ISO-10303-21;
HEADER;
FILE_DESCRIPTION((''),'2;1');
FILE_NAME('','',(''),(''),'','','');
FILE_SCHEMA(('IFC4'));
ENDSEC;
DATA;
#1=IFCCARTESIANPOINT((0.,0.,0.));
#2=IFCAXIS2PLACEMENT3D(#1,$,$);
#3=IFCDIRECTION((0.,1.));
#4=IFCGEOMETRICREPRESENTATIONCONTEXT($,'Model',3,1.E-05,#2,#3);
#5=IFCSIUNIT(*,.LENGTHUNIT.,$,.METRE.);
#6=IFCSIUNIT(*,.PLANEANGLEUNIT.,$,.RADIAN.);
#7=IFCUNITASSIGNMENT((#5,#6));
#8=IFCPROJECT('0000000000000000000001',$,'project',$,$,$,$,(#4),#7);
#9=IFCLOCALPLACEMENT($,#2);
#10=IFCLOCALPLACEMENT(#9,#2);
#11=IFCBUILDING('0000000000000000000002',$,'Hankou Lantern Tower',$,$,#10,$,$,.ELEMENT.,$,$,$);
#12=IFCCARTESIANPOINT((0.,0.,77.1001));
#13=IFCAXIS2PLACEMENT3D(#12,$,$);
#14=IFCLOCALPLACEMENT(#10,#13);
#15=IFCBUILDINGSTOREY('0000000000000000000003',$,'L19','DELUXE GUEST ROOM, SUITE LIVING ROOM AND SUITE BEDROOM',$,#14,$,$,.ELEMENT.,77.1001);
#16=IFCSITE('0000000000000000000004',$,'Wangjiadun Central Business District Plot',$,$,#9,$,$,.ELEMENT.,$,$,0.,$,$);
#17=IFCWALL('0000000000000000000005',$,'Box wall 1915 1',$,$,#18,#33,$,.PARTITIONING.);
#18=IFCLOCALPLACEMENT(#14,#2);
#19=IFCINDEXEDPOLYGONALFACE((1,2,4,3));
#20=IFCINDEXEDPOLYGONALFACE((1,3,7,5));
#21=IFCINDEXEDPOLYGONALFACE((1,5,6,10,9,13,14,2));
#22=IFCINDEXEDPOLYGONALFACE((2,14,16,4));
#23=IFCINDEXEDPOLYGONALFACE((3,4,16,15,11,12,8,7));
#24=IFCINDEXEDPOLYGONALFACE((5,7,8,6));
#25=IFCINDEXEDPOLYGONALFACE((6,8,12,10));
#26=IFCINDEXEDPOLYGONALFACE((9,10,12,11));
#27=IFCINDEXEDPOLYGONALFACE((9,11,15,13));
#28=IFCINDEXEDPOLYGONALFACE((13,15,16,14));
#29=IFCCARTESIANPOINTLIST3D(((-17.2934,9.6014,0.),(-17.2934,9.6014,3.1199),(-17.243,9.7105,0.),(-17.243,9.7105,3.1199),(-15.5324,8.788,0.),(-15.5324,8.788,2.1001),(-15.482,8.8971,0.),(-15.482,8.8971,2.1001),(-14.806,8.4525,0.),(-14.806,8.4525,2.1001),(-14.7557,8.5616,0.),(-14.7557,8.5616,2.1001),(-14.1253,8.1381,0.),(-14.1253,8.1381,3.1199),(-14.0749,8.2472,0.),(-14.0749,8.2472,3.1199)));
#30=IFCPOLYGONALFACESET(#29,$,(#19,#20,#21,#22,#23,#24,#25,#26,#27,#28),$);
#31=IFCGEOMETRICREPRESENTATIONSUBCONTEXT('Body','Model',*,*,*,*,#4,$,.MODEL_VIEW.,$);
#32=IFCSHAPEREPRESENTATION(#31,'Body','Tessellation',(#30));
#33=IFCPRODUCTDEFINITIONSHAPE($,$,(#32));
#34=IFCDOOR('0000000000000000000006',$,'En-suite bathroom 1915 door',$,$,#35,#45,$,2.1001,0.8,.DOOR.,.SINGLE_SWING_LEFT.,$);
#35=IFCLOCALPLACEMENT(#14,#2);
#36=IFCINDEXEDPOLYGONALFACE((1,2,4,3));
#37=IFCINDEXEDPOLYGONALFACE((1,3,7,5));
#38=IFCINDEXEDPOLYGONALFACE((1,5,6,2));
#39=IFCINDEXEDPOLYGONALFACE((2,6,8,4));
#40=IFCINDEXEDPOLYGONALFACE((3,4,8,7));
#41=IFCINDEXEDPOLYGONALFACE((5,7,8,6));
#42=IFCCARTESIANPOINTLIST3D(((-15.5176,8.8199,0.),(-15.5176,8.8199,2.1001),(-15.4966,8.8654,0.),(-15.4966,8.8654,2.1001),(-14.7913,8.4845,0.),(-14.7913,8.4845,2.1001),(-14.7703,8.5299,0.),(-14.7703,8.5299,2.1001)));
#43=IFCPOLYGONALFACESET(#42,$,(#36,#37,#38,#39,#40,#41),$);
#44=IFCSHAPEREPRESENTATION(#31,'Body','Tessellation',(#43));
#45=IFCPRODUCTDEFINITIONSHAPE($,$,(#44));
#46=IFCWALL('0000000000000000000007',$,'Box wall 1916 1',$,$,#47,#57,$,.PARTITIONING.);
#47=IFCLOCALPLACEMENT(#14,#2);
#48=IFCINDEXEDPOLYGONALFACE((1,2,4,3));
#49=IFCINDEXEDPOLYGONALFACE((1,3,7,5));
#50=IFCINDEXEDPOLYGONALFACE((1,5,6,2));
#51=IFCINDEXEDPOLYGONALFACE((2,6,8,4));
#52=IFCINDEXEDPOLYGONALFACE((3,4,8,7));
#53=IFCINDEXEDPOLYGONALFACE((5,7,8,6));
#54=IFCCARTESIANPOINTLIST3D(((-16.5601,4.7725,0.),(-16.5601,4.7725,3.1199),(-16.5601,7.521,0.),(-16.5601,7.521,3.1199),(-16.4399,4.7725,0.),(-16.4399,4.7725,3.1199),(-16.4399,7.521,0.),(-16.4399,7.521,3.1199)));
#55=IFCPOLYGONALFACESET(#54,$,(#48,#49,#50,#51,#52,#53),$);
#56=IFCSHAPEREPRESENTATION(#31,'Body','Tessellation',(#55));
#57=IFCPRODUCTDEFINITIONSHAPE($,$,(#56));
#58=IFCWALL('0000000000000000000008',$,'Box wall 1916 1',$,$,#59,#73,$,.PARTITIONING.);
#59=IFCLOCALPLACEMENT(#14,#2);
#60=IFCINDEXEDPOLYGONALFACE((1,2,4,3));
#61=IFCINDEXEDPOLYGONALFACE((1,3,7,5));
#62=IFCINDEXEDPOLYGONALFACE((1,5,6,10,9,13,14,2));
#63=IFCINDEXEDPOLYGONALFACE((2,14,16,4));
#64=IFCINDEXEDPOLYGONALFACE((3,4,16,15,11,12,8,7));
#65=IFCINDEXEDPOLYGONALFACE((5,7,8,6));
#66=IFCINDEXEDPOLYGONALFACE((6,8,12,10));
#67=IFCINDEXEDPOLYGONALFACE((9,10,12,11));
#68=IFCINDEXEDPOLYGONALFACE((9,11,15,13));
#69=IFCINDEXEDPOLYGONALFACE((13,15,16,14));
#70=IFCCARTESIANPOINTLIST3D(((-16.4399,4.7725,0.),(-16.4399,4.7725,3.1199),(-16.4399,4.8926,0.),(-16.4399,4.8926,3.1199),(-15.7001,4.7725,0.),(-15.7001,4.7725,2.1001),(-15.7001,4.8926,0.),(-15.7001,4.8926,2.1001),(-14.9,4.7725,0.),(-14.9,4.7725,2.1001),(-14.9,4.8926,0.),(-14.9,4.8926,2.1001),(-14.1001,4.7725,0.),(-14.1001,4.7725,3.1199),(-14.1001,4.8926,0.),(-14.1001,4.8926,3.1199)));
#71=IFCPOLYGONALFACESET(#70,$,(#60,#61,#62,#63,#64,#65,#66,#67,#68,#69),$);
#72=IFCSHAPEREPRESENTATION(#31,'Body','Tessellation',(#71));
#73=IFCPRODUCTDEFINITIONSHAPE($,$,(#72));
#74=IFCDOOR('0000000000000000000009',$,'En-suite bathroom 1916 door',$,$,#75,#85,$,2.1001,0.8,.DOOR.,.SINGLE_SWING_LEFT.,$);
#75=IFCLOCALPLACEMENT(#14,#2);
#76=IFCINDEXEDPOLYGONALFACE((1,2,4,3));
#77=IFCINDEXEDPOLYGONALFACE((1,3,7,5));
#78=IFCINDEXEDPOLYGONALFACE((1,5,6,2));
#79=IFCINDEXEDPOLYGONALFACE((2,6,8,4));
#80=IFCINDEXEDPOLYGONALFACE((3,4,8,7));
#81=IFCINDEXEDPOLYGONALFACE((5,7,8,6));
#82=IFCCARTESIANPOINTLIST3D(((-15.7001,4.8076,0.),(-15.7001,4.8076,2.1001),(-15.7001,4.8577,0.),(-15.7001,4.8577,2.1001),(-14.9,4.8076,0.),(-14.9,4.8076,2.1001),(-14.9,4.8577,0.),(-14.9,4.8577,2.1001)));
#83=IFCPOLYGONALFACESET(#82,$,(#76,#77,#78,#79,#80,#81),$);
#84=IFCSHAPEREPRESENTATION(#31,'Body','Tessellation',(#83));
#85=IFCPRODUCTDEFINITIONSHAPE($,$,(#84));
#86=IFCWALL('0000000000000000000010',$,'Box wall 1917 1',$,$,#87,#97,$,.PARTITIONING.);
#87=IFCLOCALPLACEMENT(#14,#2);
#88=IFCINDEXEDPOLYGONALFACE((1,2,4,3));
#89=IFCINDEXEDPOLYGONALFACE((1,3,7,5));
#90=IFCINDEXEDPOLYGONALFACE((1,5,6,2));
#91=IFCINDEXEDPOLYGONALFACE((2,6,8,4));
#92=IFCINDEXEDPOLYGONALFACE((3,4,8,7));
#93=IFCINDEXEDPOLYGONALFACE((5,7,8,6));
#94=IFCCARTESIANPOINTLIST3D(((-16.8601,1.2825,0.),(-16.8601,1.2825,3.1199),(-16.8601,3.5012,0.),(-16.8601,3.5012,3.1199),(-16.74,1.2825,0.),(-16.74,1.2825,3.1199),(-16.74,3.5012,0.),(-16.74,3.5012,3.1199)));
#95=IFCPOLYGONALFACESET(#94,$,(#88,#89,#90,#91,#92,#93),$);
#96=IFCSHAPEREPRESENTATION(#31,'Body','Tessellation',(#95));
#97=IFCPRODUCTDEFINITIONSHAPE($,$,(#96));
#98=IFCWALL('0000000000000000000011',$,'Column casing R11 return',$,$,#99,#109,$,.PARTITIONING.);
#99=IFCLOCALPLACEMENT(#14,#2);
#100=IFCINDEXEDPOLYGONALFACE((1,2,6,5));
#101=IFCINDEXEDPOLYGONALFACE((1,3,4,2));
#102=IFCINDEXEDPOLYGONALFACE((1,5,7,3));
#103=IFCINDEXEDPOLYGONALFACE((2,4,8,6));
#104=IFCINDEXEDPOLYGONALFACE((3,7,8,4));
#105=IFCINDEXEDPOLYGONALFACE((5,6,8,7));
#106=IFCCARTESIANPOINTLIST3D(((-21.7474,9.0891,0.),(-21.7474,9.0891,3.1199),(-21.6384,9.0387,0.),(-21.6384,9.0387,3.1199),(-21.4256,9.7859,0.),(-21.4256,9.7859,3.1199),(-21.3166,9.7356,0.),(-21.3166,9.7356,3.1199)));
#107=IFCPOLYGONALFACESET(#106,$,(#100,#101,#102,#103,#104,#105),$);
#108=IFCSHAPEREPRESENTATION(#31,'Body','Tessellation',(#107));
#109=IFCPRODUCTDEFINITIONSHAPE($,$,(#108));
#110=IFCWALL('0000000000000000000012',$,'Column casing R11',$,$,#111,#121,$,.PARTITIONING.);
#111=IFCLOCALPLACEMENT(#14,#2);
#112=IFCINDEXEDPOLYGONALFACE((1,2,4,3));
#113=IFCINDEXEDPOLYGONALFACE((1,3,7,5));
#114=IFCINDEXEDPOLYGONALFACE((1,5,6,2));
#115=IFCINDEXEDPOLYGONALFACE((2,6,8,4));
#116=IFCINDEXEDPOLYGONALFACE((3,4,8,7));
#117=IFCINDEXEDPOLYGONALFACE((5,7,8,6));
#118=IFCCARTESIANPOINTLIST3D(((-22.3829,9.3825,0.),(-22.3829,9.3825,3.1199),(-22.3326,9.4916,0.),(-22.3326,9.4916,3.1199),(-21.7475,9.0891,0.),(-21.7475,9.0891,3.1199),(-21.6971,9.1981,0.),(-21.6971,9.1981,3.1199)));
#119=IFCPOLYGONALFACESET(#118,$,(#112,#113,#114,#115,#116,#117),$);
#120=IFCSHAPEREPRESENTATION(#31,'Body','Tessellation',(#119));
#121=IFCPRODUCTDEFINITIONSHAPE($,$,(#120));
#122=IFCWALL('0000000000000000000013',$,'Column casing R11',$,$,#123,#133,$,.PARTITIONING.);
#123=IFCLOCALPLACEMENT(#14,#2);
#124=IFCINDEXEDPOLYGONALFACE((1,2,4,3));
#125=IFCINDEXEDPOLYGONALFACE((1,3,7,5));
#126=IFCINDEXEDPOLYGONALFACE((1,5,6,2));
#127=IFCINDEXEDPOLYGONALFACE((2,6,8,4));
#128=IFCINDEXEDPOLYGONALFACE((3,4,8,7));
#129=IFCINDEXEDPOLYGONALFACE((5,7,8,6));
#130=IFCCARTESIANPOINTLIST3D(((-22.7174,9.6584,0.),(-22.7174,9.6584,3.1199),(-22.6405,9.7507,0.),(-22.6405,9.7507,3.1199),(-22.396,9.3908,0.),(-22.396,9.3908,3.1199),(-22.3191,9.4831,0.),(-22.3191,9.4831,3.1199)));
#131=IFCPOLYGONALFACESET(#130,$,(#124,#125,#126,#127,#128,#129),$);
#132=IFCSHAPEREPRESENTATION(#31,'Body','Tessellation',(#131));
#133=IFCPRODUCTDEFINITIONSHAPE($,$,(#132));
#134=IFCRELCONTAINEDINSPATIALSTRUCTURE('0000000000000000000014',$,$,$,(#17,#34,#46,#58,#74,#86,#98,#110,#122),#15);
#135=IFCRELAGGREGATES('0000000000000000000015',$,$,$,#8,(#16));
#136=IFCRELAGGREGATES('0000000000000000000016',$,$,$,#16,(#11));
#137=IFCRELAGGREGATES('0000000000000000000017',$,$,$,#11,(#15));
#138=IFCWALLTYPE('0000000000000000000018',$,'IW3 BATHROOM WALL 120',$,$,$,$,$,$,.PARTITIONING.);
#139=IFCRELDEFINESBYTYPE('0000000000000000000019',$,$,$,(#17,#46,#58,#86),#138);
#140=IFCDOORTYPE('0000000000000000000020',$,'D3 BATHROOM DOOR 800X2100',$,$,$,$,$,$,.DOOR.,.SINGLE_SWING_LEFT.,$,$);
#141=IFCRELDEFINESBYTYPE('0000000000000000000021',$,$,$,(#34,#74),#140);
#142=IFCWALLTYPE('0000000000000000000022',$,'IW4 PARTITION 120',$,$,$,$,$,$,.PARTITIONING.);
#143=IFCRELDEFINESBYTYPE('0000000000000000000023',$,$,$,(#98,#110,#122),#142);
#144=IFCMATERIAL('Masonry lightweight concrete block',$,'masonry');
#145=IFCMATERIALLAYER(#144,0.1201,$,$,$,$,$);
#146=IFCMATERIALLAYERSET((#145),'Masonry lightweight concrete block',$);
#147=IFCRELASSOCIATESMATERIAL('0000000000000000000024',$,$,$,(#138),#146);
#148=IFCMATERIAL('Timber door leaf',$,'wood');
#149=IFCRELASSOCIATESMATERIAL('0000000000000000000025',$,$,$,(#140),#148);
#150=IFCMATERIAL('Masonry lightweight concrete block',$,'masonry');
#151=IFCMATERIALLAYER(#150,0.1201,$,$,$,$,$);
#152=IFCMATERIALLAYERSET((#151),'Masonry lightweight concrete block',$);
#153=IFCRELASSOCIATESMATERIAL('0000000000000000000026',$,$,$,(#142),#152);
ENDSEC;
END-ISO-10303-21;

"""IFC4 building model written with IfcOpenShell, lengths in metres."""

from ifc_helpers import new_model, si_unit, direction, frame, frame_2d, origin, place, context, subcontext, project, spatial, rectangle, extrude, material, layer, layer_set, type_object, element, fill, save


model = new_model("IFC4")

# Units and contexts
model_context = context("Model", 3, precision=1e-05, world=origin(), true_north=direction((0.0, 1.0)))
body_context = subcontext(model_context, "Body", "Model", "MODEL_VIEW")
ifc_project = project(units=[si_unit("LENGTHUNIT", "METRE"), si_unit("PLANEANGLEUNIT", "RADIAN")], contexts=[model_context])

# Site, building, storey
site_placement = place(None, origin())
site = spatial("IfcSite", under=ifc_project, at=site_placement, Name="Wangjiadun Central Business District Plot", CompositionType="ELEMENT", RefElevation=0.0)
building_placement = place(site_placement, origin())
building = spatial("IfcBuilding", under=site, at=building_placement, Name="Hankou Lantern Tower", CompositionType="ELEMENT")
storey_placement = place(building_placement, frame((0.0, 0.0, 77.1001)))
storey = spatial("IfcBuildingStorey", under=building, at=storey_placement, Name="L19", Description="DELUXE GUEST ROOM, SUITE LIVING ROOM AND SUITE BEDROOM", CompositionType="ELEMENT", Elevation=77.1001)

# Shared definitions
ifc_material_1 = material(Name="Masonry lightweight concrete block", Category="masonry")
ifc_layer_1 = layer(ifc_material_1, 0.1201)
ifc_layer_set_1 = layer_set([ifc_layer_1], Name="Masonry lightweight concrete block")
wall_type_1 = type_object("IfcWallType", Name="IW3 BATHROOM WALL 120", PredefinedType="PARTITIONING", material=ifc_layer_set_1)

# Wall, opening, door
wall_1_placement = place(storey_placement, frame((-14.1001, 8.1926, 0.0), z_axis=(0.0, 0.0, 1.0), x_axis=(-0.907836, 0.419324, 0.0)))
wall_1 = element("IfcWall", 1, at=wall_1_placement, inside=storey, type_object=wall_type_1, Name="Box wall 1915 1", PredefinedType="PARTITIONING", context=body_context, shape_type="SweptSolid", body=[
    extrude(rectangle(XDim=3.4897, YDim=0.1201, at=frame_2d((1.7449, 0.0))), origin(), (0.0, 0.0, 1.0), 3.1199),
])
opening_1_placement = place(wall_1_placement, frame((0.75, 0.0, 0.0)))
opening_1 = element("IfcOpeningElement", 2, at=opening_1_placement, cuts=wall_1, PredefinedType="OPENING", context=body_context, shape_type="SweptSolid", body=[
    extrude(rectangle(XDim=0.8, YDim=2.1001, at=frame_2d((0.3999, 1.05))), frame((0.0, 0.0701, 0.0), z_axis=(0.0, -1.0, 0.0), x_axis=(1.0, 0.0, 0.0)), (0.0, 0.0, 1.0), 0.1401),
])
ifc_material_2 = material(Name="Timber door leaf", Category="wood")
door_type_1 = type_object("IfcDoorType", Name="D3 BATHROOM DOOR 800X2100", OperationType="SINGLE_SWING_LEFT", PredefinedType="DOOR", material=ifc_material_2)
door_1_placement = place(opening_1_placement, origin())
door_1 = element("IfcDoor", 3, at=door_1_placement, inside=storey, type_object=door_type_1, Name="En-suite bathroom 1915 door", OperationType="SINGLE_SWING_LEFT", OverallHeight=2.1001, OverallWidth=0.8, PredefinedType="DOOR", context=body_context, shape_type="SweptSolid", body=[
    extrude(rectangle(XDim=0.8, YDim=2.1001, at=frame_2d((0.3999, 1.05))), frame((0.0, 0.0249, 0.0), z_axis=(0.0, -1.0, 0.0), x_axis=(1.0, 0.0, 0.0)), (0.0, 0.0, 1.0), 0.05),
])
fill(opening_1, door_1)

# Wall
wall_2_placement = place(storey_placement, frame((-16.5, 7.521, 0.0), z_axis=(0.0, 0.0, 1.0), x_axis=(0.0, -1.0, 0.0)))
element("IfcWall", 4, at=wall_2_placement, inside=storey, type_object=wall_type_1, Name="Box wall 1916 1", PredefinedType="PARTITIONING", context=body_context, shape_type="SweptSolid", body=[
    extrude(rectangle(XDim=2.7485, YDim=0.1201, at=frame_2d((1.3743, 0.0))), origin(), (0.0, 0.0, 1.0), 3.1199),
])

# Wall, opening, door
wall_3_placement = place(storey_placement, frame((-14.1001, 4.8325, 0.0), z_axis=(0.0, 0.0, 1.0), x_axis=(-1.0, 0.0, 0.0)))
wall_3 = element("IfcWall", 5, at=wall_3_placement, inside=storey, type_object=wall_type_1, Name="Box wall 1916 1", PredefinedType="PARTITIONING", context=body_context, shape_type="SweptSolid", body=[
    extrude(rectangle(XDim=2.3398, YDim=0.1201, at=frame_2d((1.1699, 0.0))), origin(), (0.0, 0.0, 1.0), 3.1199),
])
opening_2_placement = place(wall_3_placement, frame((0.8, 0.0, 0.0)))
opening_2 = element("IfcOpeningElement", 6, at=opening_2_placement, cuts=wall_3, PredefinedType="OPENING", context=body_context, shape_type="SweptSolid", body=[
    extrude(rectangle(XDim=0.8, YDim=2.1001, at=frame_2d((0.3999, 1.05))), frame((0.0, 0.0701, 0.0), z_axis=(0.0, -1.0, 0.0), x_axis=(1.0, 0.0, 0.0)), (0.0, 0.0, 1.0), 0.1401),
])
door_2_placement = place(opening_2_placement, origin())
door_2 = element("IfcDoor", 7, at=door_2_placement, inside=storey, type_object=door_type_1, Name="En-suite bathroom 1916 door", OperationType="SINGLE_SWING_LEFT", OverallHeight=2.1001, OverallWidth=0.8, PredefinedType="DOOR", context=body_context, shape_type="SweptSolid", body=[
    extrude(rectangle(XDim=0.8, YDim=2.1001, at=frame_2d((0.3999, 1.05))), frame((0.0, 0.0249, 0.0), z_axis=(0.0, -1.0, 0.0), x_axis=(1.0, 0.0, 0.0)), (0.0, 0.0, 1.0), 0.05),
])
fill(opening_2, door_2)

# Walls
wall_4_placement = place(storey_placement, frame((-16.8, 3.5012, 0.0), z_axis=(0.0, 0.0, 1.0), x_axis=(0.0, -1.0, 0.0)))
element("IfcWall", 8, at=wall_4_placement, inside=storey, type_object=wall_type_1, Name="Box wall 1917 1", PredefinedType="PARTITIONING", context=body_context, shape_type="SweptSolid", body=[
    extrude(rectangle(XDim=2.2188, YDim=0.1201, at=frame_2d((1.1094, 0.0))), origin(), (0.0, 0.0, 1.0), 3.1199),
])
ifc_material_3 = material(Name="Masonry lightweight concrete block", Category="masonry")
ifc_layer_2 = layer(ifc_material_3, 0.1201)
ifc_layer_set_2 = layer_set([ifc_layer_2], Name="Masonry lightweight concrete block")
wall_type_2 = type_object("IfcWallType", Name="IW4 PARTITION 120", PredefinedType="PARTITIONING", material=ifc_layer_set_2)
wall_5_placement = place(storey_placement, frame((-21.3711, 9.7607, 0.0), z_axis=(0.0, 0.0, 1.0), x_axis=(-0.41926, -0.907866, 0.0)))
element("IfcWall", 9, at=wall_5_placement, inside=storey, type_object=wall_type_2, Name="Column casing R11 return", PredefinedType="PARTITIONING", context=body_context, shape_type="SweptSolid", body=[
    extrude(rectangle(XDim=0.7676, YDim=0.1201, at=frame_2d((0.3838, 0.0))), origin(), (0.0, 0.0, 1.0), 3.1199),
])
wall_6_placement = place(storey_placement, frame((-21.7222, 9.1436, 0.0), z_axis=(0.0, 0.0, 1.0), x_axis=(-0.907878, 0.419235, 0.0)))
element("IfcWall", 10, at=wall_6_placement, inside=storey, type_object=wall_type_2, Name="Column casing R11", PredefinedType="PARTITIONING", context=body_context, shape_type="SweptSolid", body=[
    extrude(rectangle(XDim=0.7, YDim=0.1201, at=frame_2d((0.3501, 0.0))), origin(), (0.0, 0.0, 1.0), 3.1199),
])
wall_7_placement = place(storey_placement, frame((-22.3577, 9.437, 0.0), z_axis=(0.0, 0.0, 1.0), x_axis=(-0.768413, 0.639955, 0.0)))
element("IfcWall", 11, at=wall_7_placement, inside=storey, type_object=wall_type_2, Name="Column casing R11", PredefinedType="PARTITIONING", context=body_context, shape_type="SweptSolid", body=[
    extrude(rectangle(XDim=0.4182, YDim=0.1201, at=frame_2d((0.209, 0.0))), origin(), (0.0, 0.0, 1.0), 3.1199),
])

save(model, "model.ifc")
